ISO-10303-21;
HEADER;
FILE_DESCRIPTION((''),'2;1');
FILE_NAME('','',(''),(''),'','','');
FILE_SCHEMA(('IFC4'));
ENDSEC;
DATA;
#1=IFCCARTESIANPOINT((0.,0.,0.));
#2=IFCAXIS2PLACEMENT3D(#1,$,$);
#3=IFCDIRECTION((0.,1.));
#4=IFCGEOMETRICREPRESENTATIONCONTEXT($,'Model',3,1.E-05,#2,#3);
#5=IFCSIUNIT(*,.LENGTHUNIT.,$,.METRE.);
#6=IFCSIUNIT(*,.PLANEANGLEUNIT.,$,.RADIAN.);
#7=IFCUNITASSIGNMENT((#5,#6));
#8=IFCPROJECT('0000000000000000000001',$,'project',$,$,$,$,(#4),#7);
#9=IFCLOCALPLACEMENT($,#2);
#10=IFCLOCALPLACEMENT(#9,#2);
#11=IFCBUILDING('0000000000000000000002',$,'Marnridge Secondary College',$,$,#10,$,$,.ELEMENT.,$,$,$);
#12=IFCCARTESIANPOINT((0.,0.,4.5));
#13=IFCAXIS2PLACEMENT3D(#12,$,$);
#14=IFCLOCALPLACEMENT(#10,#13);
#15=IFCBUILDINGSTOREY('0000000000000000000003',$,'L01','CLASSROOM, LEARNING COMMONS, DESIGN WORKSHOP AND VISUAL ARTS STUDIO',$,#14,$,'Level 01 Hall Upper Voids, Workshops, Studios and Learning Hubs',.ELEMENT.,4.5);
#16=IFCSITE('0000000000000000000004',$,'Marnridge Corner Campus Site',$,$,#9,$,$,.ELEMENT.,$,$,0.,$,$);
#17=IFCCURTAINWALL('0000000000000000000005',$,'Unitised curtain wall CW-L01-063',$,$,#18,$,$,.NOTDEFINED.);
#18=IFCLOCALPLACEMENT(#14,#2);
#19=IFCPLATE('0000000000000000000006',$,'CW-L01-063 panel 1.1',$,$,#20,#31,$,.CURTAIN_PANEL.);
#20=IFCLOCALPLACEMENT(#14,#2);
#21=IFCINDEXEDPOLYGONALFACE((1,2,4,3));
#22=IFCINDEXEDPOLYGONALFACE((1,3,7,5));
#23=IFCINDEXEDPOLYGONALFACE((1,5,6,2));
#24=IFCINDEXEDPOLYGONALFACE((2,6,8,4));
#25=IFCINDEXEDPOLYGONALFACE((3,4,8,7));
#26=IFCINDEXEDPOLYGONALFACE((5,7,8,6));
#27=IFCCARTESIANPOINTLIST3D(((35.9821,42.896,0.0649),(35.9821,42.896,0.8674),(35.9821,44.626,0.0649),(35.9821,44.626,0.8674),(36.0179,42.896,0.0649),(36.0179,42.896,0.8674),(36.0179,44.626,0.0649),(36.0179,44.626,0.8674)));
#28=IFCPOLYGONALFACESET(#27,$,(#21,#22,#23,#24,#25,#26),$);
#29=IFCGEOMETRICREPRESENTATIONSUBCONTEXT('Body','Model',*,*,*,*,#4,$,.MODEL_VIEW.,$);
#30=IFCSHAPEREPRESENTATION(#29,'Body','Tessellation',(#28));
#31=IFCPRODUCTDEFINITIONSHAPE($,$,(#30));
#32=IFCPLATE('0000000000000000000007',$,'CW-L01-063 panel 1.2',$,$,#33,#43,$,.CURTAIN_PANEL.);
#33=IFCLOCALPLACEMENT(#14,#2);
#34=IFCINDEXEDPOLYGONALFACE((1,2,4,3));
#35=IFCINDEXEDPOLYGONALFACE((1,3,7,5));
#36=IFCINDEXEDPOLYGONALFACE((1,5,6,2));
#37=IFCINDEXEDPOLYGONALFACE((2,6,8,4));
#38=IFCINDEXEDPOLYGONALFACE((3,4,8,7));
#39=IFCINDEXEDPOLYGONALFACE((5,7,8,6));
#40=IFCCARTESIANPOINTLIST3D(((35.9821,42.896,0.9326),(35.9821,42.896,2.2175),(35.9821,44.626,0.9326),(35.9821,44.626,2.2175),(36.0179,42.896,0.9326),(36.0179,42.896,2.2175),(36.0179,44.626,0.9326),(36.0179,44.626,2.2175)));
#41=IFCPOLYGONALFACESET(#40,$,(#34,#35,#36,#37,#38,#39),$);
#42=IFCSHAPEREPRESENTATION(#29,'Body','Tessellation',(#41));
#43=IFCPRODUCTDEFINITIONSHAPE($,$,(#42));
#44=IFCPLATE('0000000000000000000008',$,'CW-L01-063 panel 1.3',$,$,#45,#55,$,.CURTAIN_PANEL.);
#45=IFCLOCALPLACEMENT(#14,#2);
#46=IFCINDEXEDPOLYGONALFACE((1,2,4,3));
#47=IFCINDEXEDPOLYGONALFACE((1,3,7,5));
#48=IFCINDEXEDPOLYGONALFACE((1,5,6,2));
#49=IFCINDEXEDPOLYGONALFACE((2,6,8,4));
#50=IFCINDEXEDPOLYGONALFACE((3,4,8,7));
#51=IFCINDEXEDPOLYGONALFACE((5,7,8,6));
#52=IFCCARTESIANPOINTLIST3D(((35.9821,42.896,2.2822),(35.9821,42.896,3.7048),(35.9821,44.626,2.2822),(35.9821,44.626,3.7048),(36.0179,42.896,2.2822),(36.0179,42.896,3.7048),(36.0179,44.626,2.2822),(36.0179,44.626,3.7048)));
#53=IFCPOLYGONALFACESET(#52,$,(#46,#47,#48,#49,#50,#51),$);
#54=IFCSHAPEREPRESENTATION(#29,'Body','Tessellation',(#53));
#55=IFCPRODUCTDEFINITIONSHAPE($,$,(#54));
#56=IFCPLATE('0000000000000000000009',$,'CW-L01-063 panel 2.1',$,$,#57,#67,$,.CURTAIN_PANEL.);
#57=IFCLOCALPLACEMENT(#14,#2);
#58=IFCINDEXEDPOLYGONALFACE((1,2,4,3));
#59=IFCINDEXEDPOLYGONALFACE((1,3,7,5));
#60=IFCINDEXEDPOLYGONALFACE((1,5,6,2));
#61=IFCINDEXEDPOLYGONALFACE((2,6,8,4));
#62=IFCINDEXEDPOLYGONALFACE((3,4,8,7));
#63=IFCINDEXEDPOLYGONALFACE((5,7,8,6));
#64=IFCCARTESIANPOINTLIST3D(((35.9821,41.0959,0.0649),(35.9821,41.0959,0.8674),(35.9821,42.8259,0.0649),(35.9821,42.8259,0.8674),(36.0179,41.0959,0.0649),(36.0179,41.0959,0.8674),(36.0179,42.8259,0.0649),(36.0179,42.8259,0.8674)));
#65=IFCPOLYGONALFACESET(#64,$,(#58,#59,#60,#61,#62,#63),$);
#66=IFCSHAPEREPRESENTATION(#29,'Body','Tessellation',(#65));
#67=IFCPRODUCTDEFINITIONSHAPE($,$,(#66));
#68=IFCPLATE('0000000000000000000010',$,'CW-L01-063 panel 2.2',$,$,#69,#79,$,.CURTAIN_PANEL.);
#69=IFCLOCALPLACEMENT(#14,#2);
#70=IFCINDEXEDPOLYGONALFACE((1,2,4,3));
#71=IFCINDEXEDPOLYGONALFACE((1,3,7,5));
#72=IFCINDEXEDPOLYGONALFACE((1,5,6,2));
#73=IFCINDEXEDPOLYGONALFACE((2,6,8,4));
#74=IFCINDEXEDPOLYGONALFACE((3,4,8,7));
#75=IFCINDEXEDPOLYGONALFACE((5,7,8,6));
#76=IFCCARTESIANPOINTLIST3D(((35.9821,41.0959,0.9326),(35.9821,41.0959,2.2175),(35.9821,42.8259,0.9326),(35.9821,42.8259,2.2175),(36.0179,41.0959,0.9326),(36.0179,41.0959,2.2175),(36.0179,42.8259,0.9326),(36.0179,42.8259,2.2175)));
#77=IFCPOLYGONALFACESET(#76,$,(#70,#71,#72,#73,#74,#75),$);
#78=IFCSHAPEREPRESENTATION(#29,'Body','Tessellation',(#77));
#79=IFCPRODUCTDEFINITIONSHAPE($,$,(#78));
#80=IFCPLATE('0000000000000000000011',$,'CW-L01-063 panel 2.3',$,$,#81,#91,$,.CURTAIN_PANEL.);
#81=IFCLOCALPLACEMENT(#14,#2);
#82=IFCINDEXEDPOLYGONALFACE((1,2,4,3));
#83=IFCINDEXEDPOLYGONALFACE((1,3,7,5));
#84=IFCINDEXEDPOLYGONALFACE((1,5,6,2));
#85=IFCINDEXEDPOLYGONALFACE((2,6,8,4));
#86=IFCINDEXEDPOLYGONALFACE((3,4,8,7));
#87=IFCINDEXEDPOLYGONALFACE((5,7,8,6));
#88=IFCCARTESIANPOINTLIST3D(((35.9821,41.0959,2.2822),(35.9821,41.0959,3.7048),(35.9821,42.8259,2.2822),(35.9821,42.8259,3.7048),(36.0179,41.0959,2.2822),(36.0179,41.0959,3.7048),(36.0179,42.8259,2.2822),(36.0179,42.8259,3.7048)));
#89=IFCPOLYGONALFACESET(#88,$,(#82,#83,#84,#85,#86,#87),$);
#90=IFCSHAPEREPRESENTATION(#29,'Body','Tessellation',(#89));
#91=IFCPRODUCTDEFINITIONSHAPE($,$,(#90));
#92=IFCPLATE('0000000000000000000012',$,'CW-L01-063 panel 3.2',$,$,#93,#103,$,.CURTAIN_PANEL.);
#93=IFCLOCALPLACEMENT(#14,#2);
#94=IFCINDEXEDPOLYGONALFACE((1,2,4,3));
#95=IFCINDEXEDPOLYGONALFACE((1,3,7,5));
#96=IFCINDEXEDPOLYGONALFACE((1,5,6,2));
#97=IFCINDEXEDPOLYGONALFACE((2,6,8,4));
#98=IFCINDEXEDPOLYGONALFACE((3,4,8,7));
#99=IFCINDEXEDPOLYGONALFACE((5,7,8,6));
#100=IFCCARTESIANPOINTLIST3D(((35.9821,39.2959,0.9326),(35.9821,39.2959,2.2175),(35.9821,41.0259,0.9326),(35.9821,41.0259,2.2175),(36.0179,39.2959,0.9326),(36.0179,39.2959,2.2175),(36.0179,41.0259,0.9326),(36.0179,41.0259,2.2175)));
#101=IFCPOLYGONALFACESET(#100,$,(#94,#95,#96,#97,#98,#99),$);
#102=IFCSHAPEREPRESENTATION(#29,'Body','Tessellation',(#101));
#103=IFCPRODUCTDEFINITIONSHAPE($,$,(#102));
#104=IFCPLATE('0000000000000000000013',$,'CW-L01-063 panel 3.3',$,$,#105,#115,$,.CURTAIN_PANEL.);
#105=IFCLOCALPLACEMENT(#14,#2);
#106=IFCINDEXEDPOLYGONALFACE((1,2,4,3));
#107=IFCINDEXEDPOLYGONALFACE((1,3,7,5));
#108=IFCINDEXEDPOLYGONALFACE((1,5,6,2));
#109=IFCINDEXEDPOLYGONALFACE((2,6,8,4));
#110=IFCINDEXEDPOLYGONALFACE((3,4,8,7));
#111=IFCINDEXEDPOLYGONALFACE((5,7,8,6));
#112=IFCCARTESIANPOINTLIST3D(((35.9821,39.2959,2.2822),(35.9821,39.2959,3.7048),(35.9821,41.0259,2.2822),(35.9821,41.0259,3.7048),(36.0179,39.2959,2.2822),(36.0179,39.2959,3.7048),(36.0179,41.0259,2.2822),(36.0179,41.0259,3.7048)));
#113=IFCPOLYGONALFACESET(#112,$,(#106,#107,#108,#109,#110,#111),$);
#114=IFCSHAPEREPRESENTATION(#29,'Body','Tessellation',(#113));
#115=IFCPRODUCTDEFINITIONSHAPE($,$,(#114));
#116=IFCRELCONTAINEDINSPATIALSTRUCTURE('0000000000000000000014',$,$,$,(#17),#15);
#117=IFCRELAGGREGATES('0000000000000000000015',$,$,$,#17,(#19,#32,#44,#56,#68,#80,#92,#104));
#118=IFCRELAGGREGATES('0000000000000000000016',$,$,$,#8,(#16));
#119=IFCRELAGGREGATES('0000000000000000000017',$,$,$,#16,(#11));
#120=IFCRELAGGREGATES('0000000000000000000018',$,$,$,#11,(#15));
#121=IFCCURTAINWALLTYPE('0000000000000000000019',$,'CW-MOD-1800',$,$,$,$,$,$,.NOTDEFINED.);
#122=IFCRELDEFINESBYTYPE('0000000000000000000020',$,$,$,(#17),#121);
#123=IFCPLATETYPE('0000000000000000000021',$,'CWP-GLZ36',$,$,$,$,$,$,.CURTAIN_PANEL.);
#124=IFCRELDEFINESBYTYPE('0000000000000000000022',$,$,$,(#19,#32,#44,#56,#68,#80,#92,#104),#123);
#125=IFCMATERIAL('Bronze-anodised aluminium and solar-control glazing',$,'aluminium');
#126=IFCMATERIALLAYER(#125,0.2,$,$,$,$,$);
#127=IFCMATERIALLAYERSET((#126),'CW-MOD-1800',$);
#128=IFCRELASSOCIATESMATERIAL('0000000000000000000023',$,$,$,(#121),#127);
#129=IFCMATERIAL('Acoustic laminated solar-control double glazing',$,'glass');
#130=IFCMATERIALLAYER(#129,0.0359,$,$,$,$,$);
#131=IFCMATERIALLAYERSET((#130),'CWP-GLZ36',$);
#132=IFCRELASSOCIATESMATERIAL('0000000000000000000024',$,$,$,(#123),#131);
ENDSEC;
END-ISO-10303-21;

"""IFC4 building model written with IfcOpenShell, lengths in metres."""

from ifc_helpers import new_model, si_unit, direction, frame, origin, origin_2d, place, context, subcontext, project, spatial, rectangle, extrude, material, layer, layer_set, type_object, element, aggregate, save


model = new_model("IFC4")

# Units and contexts
model_context = context("Model", 3, precision=1e-05, world=origin(), true_north=direction((0.0, 1.0)))
body_context = subcontext(model_context, "Body", "Model", "MODEL_VIEW")
ifc_project = project(units=[si_unit("LENGTHUNIT", "METRE"), si_unit("PLANEANGLEUNIT", "RADIAN")], contexts=[model_context])

# Site, building, storey
site_placement = place(None, origin())
site = spatial("IfcSite", under=ifc_project, at=site_placement, Name="Marnridge Corner Campus Site", CompositionType="ELEMENT", RefElevation=0.0)
building_placement = place(site_placement, origin())
building = spatial("IfcBuilding", under=site, at=building_placement, Name="Marnridge Secondary College", CompositionType="ELEMENT")
storey_placement = place(building_placement, frame((0.0, 0.0, 4.5)))
storey = spatial("IfcBuildingStorey", under=building, at=storey_placement, Name="L01", Description="CLASSROOM, LEARNING COMMONS, DESIGN WORKSHOP AND VISUAL ARTS STUDIO", LongName="Level 01 Hall Upper Voids, Workshops, Studios and Learning Hubs", CompositionType="ELEMENT", Elevation=4.5)

# Curtain wall, plates
ifc_material_1 = material(Name="Bronze-anodised aluminium and solar-control glazing", Category="aluminium")
ifc_layer_1 = layer(ifc_material_1, 0.2)
ifc_layer_set_1 = layer_set([ifc_layer_1], Name="CW-MOD-1800")
curtain_wall_type = type_object("IfcCurtainWallType", Name="CW-MOD-1800", PredefinedType="NOTDEFINED", material=ifc_layer_set_1)
curtain_wall_placement = place(storey_placement, origin())
curtain_wall = element("IfcCurtainWall", 1, at=curtain_wall_placement, inside=storey, type_object=curtain_wall_type, Name="Unitised curtain wall CW-L01-063", PredefinedType="NOTDEFINED")
ifc_material_2 = material(Name="Acoustic laminated solar-control double glazing", Category="glass")
ifc_layer_2 = layer(ifc_material_2, 0.0359)
ifc_layer_set_2 = layer_set([ifc_layer_2], Name="CWP-GLZ36")
plate_type = type_object("IfcPlateType", Name="CWP-GLZ36", PredefinedType="CURTAIN_PANEL", material=ifc_layer_set_2)
plate_1_placement = place(storey_placement, frame((36.0, 43.761, 0.0649), z_axis=(0.0, 0.0, 1.0), x_axis=(0.0, -1.0, 0.0)))
plate_1 = element("IfcPlate", 2, at=plate_1_placement, type_object=plate_type, Name="CW-L01-063 panel 1.1", PredefinedType="CURTAIN_PANEL", context=body_context, shape_type="SweptSolid", body=[
    extrude(rectangle(XDim=1.73, YDim=0.0359, at=origin_2d()), origin(), (0.0, 0.0, 1.0), 0.8025),
])
plate_2_placement = place(storey_placement, frame((36.0, 43.761, 0.9326), z_axis=(0.0, 0.0, 1.0), x_axis=(0.0, -1.0, 0.0)))
plate_2 = element("IfcPlate", 3, at=plate_2_placement, type_object=plate_type, Name="CW-L01-063 panel 1.2", PredefinedType="CURTAIN_PANEL", context=body_context, shape_type="SweptSolid", body=[
    extrude(rectangle(XDim=1.73, YDim=0.0359, at=origin_2d()), origin(), (0.0, 0.0, 1.0), 1.2849),
])
plate_3_placement = place(storey_placement, frame((36.0, 43.761, 2.2822), z_axis=(0.0, 0.0, 1.0), x_axis=(0.0, -1.0, 0.0)))
plate_3 = element("IfcPlate", 4, at=plate_3_placement, type_object=plate_type, Name="CW-L01-063 panel 1.3", PredefinedType="CURTAIN_PANEL", context=body_context, shape_type="SweptSolid", body=[
    extrude(rectangle(XDim=1.73, YDim=0.0359, at=origin_2d()), origin(), (0.0, 0.0, 1.0), 1.4226),
])
plate_4_placement = place(storey_placement, frame((36.0, 41.9609, 0.0649), z_axis=(0.0, 0.0, 1.0), x_axis=(0.0, -1.0, 0.0)))
plate_4 = element("IfcPlate", 5, at=plate_4_placement, type_object=plate_type, Name="CW-L01-063 panel 2.1", PredefinedType="CURTAIN_PANEL", context=body_context, shape_type="SweptSolid", body=[
    extrude(rectangle(XDim=1.73, YDim=0.0359, at=origin_2d()), origin(), (0.0, 0.0, 1.0), 0.8025),
])
plate_5_placement = place(storey_placement, frame((36.0, 41.9609, 0.9326), z_axis=(0.0, 0.0, 1.0), x_axis=(0.0, -1.0, 0.0)))
plate_5 = element("IfcPlate", 6, at=plate_5_placement, type_object=plate_type, Name="CW-L01-063 panel 2.2", PredefinedType="CURTAIN_PANEL", context=body_context, shape_type="SweptSolid", body=[
    extrude(rectangle(XDim=1.73, YDim=0.0359, at=origin_2d()), origin(), (0.0, 0.0, 1.0), 1.2849),
])
plate_6_placement = place(storey_placement, frame((36.0, 41.9609, 2.2822), z_axis=(0.0, 0.0, 1.0), x_axis=(0.0, -1.0, 0.0)))
plate_6 = element("IfcPlate", 7, at=plate_6_placement, type_object=plate_type, Name="CW-L01-063 panel 2.3", PredefinedType="CURTAIN_PANEL", context=body_context, shape_type="SweptSolid", body=[
    extrude(rectangle(XDim=1.73, YDim=0.0359, at=origin_2d()), origin(), (0.0, 0.0, 1.0), 1.4226),
])
plate_7_placement = place(storey_placement, frame((36.0, 40.1609, 0.9326), z_axis=(0.0, 0.0, 1.0), x_axis=(0.0, -1.0, 0.0)))
plate_7 = element("IfcPlate", 8, at=plate_7_placement, type_object=plate_type, Name="CW-L01-063 panel 3.2", PredefinedType="CURTAIN_PANEL", context=body_context, shape_type="SweptSolid", body=[
    extrude(rectangle(XDim=1.73, YDim=0.0359, at=origin_2d()), origin(), (0.0, 0.0, 1.0), 1.2849),
])
plate_8_placement = place(storey_placement, frame((36.0, 40.1609, 2.2822), z_axis=(0.0, 0.0, 1.0), x_axis=(0.0, -1.0, 0.0)))
plate_8 = element("IfcPlate", 9, at=plate_8_placement, type_object=plate_type, Name="CW-L01-063 panel 3.3", PredefinedType="CURTAIN_PANEL", context=body_context, shape_type="SweptSolid", body=[
    extrude(rectangle(XDim=1.73, YDim=0.0359, at=origin_2d()), origin(), (0.0, 0.0, 1.0), 1.4226),
])
aggregate(curtain_wall, [plate_1, plate_2, plate_3, plate_4, plate_5, plate_6, plate_7, plate_8])

save(model, "model.ifc")
